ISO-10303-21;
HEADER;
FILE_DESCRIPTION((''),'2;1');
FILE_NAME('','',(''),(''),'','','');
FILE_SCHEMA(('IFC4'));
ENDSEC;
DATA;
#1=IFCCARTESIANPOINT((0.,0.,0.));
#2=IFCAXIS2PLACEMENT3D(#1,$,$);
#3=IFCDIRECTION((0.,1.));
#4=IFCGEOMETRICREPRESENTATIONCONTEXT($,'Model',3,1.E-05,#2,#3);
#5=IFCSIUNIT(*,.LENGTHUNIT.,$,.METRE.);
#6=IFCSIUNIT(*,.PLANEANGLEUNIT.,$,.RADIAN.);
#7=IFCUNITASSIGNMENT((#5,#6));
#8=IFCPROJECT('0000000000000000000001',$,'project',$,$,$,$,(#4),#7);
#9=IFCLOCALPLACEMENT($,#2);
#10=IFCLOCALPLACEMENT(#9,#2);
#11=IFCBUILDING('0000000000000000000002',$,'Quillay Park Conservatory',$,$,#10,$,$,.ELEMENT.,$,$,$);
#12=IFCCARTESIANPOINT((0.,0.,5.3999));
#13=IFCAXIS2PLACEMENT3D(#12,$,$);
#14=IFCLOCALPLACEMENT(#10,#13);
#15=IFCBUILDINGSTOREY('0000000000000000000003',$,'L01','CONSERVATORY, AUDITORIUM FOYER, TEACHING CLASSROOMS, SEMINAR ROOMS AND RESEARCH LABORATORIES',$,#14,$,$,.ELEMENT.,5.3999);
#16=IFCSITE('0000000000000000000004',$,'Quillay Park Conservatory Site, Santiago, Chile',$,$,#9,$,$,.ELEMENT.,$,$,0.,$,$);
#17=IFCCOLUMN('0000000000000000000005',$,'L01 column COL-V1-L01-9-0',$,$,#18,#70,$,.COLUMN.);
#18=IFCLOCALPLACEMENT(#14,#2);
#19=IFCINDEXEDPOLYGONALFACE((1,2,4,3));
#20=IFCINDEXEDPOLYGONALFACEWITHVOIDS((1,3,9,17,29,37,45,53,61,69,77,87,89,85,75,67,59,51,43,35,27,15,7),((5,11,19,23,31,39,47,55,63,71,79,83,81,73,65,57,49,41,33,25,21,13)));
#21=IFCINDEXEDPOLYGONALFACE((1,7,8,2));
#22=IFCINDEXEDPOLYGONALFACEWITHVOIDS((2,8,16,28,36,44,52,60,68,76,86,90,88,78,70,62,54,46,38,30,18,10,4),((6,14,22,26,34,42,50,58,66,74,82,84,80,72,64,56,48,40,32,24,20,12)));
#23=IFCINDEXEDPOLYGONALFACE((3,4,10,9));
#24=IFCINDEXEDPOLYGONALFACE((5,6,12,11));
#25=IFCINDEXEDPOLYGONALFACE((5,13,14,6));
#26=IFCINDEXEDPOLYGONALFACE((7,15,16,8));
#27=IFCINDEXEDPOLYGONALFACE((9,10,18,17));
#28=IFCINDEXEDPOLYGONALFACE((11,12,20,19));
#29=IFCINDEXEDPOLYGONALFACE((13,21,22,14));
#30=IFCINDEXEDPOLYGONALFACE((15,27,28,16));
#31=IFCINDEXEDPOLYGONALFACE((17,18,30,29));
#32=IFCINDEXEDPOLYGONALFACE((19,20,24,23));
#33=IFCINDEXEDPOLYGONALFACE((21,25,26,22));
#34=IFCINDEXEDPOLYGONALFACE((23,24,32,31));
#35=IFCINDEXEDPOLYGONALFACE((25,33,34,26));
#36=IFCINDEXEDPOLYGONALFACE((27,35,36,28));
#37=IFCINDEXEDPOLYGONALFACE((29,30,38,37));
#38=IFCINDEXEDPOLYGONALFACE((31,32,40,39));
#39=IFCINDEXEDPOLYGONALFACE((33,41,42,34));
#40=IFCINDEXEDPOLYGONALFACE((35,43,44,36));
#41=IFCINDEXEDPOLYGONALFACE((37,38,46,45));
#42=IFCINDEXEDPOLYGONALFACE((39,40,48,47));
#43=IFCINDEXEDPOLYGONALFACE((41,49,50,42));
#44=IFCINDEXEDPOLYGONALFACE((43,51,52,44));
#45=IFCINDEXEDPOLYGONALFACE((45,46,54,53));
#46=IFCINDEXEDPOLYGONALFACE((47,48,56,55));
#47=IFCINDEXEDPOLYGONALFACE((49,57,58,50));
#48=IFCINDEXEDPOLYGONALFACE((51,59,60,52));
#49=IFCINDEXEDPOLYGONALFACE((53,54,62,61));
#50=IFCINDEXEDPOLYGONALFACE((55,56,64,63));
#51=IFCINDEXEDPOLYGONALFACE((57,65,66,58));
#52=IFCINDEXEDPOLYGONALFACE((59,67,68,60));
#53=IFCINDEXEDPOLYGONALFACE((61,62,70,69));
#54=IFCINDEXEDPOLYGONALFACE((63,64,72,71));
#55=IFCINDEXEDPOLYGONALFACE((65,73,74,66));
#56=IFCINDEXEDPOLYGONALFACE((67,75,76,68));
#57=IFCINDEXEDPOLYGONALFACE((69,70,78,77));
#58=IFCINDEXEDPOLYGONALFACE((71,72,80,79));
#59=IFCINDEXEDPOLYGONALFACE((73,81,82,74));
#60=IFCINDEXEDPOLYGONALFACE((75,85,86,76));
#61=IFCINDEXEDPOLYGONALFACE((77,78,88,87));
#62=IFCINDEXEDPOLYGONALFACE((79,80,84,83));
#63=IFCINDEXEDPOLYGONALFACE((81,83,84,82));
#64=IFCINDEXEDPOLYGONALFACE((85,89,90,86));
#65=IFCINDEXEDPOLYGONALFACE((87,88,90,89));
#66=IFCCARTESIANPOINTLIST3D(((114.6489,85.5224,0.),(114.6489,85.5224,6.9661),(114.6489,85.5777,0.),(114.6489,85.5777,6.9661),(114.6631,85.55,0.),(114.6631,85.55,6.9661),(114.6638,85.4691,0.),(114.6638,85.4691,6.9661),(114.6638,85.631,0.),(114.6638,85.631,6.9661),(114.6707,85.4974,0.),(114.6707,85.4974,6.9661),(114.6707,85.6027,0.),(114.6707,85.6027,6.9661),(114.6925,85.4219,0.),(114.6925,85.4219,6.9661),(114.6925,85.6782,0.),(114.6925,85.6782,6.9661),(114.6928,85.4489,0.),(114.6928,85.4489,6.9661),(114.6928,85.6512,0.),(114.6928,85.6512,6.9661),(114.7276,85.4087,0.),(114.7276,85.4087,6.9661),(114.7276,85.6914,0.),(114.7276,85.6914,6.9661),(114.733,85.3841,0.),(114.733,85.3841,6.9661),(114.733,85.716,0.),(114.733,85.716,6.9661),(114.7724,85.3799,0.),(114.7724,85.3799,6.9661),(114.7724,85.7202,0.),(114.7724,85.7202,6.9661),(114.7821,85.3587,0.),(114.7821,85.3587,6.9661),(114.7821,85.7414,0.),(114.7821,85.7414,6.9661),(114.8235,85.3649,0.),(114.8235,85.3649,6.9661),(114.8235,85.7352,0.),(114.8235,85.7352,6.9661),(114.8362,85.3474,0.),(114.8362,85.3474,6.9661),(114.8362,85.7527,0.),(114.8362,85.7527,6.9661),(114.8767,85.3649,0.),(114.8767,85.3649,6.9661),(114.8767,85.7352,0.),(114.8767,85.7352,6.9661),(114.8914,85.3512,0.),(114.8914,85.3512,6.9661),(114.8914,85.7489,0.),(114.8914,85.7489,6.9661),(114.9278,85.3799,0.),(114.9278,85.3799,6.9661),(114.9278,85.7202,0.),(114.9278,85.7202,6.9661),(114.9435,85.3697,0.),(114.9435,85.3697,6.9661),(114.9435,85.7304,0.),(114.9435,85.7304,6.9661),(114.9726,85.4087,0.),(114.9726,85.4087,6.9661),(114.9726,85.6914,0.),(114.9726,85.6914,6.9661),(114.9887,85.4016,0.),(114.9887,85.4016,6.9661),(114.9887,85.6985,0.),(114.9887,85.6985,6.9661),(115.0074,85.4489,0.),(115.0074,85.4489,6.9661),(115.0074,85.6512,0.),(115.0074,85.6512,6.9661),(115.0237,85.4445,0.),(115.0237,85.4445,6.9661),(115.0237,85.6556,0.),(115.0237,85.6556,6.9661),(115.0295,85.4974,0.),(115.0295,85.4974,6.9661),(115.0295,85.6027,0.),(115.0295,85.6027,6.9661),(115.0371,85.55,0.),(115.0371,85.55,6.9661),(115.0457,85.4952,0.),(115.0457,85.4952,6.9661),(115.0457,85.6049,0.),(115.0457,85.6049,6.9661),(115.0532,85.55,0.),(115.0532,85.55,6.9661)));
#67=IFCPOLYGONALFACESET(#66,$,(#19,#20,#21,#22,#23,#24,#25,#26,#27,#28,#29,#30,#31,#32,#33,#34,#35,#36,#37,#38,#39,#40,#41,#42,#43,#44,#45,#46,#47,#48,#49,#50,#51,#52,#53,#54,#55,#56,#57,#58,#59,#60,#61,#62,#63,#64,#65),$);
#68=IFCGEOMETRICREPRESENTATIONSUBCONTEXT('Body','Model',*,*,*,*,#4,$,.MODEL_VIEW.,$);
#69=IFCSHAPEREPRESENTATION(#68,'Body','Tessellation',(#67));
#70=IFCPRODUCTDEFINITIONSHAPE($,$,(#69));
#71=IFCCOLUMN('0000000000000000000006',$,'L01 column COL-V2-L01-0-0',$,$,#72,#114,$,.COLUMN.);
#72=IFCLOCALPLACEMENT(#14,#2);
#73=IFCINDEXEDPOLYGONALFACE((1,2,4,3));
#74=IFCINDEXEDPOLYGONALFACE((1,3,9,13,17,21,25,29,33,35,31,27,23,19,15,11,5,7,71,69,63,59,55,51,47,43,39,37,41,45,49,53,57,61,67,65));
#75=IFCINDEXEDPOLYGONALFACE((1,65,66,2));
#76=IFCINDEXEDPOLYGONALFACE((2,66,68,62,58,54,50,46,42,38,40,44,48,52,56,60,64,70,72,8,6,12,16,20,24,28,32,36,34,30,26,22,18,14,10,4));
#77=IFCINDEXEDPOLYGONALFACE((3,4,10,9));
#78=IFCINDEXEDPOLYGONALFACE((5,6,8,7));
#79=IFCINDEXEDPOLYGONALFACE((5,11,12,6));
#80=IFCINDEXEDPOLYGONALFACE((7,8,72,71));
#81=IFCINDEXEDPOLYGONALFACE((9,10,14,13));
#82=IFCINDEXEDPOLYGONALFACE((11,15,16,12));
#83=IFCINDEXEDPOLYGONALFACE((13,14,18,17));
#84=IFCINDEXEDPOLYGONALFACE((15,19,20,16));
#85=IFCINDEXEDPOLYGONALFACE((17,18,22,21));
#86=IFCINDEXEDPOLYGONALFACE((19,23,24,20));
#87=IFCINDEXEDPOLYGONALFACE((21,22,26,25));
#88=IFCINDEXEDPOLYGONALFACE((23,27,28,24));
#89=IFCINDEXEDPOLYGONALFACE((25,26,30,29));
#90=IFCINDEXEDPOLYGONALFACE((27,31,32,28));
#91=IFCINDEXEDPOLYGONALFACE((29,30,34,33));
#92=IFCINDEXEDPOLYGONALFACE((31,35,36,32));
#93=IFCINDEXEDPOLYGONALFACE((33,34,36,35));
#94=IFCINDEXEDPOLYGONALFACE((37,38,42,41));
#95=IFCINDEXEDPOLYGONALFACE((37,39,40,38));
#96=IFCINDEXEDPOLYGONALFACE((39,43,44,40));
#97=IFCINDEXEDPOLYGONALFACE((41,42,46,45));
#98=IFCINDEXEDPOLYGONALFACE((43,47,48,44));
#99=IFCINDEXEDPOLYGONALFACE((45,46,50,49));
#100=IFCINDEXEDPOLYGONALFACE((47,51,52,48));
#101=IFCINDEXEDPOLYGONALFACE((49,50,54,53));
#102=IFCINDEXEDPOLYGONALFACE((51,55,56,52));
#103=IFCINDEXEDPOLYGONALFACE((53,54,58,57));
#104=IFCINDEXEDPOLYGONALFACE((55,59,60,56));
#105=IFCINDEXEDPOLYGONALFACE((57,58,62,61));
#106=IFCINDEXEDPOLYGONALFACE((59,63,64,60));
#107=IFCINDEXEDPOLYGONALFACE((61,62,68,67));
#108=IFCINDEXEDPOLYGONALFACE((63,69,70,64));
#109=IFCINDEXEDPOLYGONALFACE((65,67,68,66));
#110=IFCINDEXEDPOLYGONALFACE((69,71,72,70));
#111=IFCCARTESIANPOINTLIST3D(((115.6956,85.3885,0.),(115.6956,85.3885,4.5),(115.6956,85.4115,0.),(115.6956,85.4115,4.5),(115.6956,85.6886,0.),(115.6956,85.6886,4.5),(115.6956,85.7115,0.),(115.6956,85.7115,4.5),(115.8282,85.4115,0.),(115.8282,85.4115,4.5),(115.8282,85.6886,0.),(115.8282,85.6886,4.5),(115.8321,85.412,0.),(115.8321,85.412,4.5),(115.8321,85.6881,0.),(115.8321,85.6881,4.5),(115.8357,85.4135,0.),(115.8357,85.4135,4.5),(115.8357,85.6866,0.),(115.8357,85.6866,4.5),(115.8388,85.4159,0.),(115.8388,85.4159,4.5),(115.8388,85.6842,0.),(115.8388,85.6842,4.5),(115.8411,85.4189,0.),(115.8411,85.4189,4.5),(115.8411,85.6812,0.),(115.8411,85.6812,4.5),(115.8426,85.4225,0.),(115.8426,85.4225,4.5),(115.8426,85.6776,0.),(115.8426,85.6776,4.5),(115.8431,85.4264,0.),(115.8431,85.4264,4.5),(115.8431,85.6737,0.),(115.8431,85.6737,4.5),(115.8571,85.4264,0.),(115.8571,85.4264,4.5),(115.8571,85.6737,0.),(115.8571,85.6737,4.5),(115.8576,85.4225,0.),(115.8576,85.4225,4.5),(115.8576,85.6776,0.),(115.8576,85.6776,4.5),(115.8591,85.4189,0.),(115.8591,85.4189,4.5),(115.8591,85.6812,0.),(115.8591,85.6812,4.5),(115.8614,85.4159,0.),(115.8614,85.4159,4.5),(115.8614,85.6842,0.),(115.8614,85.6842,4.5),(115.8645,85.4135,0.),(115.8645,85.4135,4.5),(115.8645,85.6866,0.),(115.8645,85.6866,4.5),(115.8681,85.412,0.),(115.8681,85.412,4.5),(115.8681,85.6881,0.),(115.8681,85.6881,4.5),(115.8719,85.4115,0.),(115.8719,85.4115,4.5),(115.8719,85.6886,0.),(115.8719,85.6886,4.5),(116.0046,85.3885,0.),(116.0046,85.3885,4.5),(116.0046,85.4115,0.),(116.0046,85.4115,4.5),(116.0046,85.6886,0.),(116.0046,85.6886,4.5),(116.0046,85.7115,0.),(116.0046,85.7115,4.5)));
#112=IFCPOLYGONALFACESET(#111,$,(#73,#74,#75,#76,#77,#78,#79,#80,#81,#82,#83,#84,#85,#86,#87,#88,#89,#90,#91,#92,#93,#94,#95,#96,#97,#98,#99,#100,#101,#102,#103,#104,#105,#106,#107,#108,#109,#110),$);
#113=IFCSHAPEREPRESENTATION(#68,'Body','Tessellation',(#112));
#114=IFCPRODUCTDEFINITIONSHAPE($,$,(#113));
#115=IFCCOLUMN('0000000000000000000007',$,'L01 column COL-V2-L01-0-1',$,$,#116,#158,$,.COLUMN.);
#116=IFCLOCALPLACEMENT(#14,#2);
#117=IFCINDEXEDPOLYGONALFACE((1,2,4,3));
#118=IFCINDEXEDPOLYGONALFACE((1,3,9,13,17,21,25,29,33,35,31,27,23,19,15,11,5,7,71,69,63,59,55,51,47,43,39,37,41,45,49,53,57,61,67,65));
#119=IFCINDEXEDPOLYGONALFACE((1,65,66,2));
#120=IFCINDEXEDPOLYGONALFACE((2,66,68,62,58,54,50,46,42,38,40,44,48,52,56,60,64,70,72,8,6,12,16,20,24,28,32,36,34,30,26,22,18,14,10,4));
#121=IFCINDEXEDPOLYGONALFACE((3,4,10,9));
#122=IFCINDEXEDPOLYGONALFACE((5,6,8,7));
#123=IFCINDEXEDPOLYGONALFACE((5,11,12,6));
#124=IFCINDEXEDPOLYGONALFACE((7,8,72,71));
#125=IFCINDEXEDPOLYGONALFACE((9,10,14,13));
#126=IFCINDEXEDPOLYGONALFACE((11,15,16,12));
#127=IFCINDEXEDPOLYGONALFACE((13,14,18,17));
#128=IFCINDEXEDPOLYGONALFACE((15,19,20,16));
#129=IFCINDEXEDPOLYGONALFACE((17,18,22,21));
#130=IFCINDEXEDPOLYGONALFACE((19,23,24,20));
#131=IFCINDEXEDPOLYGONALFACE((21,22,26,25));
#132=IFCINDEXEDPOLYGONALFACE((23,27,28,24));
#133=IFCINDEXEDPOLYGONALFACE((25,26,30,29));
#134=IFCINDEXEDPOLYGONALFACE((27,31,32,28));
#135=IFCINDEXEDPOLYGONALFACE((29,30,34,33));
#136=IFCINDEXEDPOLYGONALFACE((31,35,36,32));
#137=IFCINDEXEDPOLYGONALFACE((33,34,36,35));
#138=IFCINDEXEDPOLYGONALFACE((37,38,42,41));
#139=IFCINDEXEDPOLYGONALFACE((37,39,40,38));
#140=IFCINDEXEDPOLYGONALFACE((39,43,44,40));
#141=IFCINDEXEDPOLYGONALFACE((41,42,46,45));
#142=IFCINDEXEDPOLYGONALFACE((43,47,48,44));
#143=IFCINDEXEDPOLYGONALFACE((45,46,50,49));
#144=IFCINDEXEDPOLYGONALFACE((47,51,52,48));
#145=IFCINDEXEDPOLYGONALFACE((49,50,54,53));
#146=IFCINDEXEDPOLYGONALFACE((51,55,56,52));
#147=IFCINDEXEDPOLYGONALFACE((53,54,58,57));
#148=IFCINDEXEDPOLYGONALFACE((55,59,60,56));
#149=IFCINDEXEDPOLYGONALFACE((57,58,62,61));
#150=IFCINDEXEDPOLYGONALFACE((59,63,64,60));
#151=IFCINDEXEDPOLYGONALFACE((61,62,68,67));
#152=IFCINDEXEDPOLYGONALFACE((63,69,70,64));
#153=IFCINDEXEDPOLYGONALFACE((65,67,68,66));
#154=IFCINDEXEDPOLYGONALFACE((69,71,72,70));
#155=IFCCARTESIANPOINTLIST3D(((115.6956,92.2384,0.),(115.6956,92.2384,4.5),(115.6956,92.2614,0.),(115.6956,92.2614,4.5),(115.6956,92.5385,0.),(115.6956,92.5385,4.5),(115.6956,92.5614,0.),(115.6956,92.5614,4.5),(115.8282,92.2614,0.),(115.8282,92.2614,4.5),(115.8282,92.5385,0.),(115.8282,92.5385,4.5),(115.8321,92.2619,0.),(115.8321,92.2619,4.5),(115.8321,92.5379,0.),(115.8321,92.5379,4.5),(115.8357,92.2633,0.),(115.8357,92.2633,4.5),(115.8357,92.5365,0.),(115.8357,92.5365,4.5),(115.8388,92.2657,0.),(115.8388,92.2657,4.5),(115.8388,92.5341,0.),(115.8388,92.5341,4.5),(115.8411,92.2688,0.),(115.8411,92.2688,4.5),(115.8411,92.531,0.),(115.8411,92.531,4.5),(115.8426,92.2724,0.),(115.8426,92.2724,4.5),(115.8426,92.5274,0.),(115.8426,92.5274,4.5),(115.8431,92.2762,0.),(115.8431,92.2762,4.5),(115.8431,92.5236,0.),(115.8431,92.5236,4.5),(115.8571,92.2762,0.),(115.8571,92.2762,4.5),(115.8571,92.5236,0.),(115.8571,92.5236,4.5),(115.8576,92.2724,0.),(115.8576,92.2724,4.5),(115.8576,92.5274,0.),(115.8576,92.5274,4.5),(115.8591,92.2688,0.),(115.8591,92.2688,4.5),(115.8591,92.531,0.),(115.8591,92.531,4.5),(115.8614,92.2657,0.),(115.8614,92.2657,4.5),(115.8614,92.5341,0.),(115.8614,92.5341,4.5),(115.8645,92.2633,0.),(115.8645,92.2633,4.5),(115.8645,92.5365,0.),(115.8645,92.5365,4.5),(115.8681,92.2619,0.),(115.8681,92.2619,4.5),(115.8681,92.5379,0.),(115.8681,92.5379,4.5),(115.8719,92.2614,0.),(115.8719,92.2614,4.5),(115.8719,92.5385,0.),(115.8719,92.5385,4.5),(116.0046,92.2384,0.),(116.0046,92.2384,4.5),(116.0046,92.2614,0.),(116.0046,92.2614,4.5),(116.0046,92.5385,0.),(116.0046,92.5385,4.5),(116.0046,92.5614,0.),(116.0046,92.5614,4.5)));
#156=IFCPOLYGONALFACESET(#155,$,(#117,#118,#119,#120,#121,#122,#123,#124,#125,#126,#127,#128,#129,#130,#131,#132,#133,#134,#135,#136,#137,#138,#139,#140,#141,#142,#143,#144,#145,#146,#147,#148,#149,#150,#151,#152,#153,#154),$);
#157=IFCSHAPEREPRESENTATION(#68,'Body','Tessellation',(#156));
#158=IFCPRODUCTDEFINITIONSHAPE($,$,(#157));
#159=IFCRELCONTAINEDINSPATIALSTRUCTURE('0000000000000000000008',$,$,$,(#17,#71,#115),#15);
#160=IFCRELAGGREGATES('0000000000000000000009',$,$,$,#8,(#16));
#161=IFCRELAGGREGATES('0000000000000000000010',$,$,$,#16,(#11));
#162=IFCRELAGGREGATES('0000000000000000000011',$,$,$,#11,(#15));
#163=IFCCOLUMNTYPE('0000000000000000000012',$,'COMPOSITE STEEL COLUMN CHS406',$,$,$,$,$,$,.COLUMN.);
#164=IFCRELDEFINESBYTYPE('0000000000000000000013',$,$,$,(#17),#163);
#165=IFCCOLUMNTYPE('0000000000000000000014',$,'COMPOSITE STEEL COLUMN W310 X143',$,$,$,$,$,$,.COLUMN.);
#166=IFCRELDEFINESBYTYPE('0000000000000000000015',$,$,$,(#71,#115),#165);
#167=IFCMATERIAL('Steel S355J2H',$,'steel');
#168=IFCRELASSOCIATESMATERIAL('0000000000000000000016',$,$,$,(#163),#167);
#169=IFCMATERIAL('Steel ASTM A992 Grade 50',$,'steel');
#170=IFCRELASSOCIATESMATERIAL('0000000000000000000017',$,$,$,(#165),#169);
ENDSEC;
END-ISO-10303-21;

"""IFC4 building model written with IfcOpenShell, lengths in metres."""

from ifc_helpers import new_model, si_unit, direction, frame, origin, origin_2d, place, context, subcontext, project, spatial, hollow_circle, i_section, extrude, material, material_profile, profile_set, type_object, element, save


model = new_model("IFC4")

# Units and contexts
model_context = context("Model", 3, precision=1e-05, world=origin(), true_north=direction((0.0, 1.0)))
body_context = subcontext(model_context, "Body", "Model", "MODEL_VIEW")
ifc_project = project(units=[si_unit("LENGTHUNIT", "METRE"), si_unit("PLANEANGLEUNIT", "RADIAN")], contexts=[model_context])

# Site, building, storey
site_placement = place(None, origin())
site = spatial("IfcSite", under=ifc_project, at=site_placement, Name="Quillay Park Conservatory Site, Santiago, Chile", CompositionType="ELEMENT", RefElevation=0.0)
building_placement = place(site_placement, origin())
building = spatial("IfcBuilding", under=site, at=building_placement, Name="Quillay Park Conservatory", CompositionType="ELEMENT")
storey_placement = place(building_placement, frame((0.0, 0.0, 5.3999)))
storey = spatial("IfcBuildingStorey", under=building, at=storey_placement, Name="L01", Description="CONSERVATORY, AUDITORIUM FOYER, TEACHING CLASSROOMS, SEMINAR ROOMS AND RESEARCH LABORATORIES", CompositionType="ELEMENT", Elevation=5.3999)

# Columns
ifc_material_1 = material(Name="Steel S355J2H", Category="steel")
ifc_material_profile_1 = material_profile(ifc_material_1, hollow_circle(Radius=0.2031, WallThickness=0.0161, at=origin_2d()), Name="CHS406.4x16")
ifc_profile_set_1 = profile_set([ifc_material_profile_1], Name="Steel S355J2H")
column_type_1 = type_object("IfcColumnType", Name="COMPOSITE STEEL COLUMN CHS406", PredefinedType="COLUMN", material=ifc_profile_set_1)
column_placement = place(storey_placement, frame((114.8501, 85.55, 0.0), z_axis=(0.0, 0.0, 1.0), x_axis=(1.0, 0.0, 0.0)))
element("IfcColumn", 1, at=column_placement, inside=storey, type_object=column_type_1, Name="L01 column COL-V1-L01-9-0", PredefinedType="COLUMN", context=body_context, shape_type="SweptSolid", body=[
    extrude(hollow_circle(Radius=0.2031, WallThickness=0.0161, at=origin_2d()), origin(), (0.0, 0.0, 1.0), 6.9661),
])
ifc_material_2 = material(Name="Steel ASTM A992 Grade 50", Category="steel")
ifc_material_profile_2 = material_profile(ifc_material_2, i_section(OverallWidth=0.3091, OverallDepth=0.323, WebThickness=0.0139, FlangeThickness=0.0229, FilletRadius=0.0149, at=origin_2d()), Name="W310x143")
ifc_profile_set_2 = profile_set([ifc_material_profile_2], Name="Steel ASTM A992 Grade 50")
column_type_2 = type_object("IfcColumnType", Name="COMPOSITE STEEL COLUMN W310 X143", PredefinedType="COLUMN", material=ifc_profile_set_2)
for number, where, z_axis, x_axis, name in (
    (2, (115.8501, 85.55, 0.0), (0.0, 0.0, 1.0), (1.0, 0.0, 0.0), "L01 column COL-V2-L01-0-0"),
    (3, (115.8501, 92.3999, 0.0), (0.0, 0.0, 1.0), (1.0, 0.0, 0.0), "L01 column COL-V2-L01-0-1"),
):
    element("IfcColumn", number, at=place(storey_placement, frame(where, z_axis=z_axis, x_axis=x_axis)), inside=storey, type_object=column_type_2, Name=name, PredefinedType="COLUMN", context=body_context, shape_type="SweptSolid", body=[
        extrude(i_section(OverallWidth=0.3091, OverallDepth=0.323, WebThickness=0.0139, FlangeThickness=0.0229, FilletRadius=0.0149, at=origin_2d()), origin(), (0.0, 0.0, 1.0), 4.5),
    ])

save(model, "model.ifc")
